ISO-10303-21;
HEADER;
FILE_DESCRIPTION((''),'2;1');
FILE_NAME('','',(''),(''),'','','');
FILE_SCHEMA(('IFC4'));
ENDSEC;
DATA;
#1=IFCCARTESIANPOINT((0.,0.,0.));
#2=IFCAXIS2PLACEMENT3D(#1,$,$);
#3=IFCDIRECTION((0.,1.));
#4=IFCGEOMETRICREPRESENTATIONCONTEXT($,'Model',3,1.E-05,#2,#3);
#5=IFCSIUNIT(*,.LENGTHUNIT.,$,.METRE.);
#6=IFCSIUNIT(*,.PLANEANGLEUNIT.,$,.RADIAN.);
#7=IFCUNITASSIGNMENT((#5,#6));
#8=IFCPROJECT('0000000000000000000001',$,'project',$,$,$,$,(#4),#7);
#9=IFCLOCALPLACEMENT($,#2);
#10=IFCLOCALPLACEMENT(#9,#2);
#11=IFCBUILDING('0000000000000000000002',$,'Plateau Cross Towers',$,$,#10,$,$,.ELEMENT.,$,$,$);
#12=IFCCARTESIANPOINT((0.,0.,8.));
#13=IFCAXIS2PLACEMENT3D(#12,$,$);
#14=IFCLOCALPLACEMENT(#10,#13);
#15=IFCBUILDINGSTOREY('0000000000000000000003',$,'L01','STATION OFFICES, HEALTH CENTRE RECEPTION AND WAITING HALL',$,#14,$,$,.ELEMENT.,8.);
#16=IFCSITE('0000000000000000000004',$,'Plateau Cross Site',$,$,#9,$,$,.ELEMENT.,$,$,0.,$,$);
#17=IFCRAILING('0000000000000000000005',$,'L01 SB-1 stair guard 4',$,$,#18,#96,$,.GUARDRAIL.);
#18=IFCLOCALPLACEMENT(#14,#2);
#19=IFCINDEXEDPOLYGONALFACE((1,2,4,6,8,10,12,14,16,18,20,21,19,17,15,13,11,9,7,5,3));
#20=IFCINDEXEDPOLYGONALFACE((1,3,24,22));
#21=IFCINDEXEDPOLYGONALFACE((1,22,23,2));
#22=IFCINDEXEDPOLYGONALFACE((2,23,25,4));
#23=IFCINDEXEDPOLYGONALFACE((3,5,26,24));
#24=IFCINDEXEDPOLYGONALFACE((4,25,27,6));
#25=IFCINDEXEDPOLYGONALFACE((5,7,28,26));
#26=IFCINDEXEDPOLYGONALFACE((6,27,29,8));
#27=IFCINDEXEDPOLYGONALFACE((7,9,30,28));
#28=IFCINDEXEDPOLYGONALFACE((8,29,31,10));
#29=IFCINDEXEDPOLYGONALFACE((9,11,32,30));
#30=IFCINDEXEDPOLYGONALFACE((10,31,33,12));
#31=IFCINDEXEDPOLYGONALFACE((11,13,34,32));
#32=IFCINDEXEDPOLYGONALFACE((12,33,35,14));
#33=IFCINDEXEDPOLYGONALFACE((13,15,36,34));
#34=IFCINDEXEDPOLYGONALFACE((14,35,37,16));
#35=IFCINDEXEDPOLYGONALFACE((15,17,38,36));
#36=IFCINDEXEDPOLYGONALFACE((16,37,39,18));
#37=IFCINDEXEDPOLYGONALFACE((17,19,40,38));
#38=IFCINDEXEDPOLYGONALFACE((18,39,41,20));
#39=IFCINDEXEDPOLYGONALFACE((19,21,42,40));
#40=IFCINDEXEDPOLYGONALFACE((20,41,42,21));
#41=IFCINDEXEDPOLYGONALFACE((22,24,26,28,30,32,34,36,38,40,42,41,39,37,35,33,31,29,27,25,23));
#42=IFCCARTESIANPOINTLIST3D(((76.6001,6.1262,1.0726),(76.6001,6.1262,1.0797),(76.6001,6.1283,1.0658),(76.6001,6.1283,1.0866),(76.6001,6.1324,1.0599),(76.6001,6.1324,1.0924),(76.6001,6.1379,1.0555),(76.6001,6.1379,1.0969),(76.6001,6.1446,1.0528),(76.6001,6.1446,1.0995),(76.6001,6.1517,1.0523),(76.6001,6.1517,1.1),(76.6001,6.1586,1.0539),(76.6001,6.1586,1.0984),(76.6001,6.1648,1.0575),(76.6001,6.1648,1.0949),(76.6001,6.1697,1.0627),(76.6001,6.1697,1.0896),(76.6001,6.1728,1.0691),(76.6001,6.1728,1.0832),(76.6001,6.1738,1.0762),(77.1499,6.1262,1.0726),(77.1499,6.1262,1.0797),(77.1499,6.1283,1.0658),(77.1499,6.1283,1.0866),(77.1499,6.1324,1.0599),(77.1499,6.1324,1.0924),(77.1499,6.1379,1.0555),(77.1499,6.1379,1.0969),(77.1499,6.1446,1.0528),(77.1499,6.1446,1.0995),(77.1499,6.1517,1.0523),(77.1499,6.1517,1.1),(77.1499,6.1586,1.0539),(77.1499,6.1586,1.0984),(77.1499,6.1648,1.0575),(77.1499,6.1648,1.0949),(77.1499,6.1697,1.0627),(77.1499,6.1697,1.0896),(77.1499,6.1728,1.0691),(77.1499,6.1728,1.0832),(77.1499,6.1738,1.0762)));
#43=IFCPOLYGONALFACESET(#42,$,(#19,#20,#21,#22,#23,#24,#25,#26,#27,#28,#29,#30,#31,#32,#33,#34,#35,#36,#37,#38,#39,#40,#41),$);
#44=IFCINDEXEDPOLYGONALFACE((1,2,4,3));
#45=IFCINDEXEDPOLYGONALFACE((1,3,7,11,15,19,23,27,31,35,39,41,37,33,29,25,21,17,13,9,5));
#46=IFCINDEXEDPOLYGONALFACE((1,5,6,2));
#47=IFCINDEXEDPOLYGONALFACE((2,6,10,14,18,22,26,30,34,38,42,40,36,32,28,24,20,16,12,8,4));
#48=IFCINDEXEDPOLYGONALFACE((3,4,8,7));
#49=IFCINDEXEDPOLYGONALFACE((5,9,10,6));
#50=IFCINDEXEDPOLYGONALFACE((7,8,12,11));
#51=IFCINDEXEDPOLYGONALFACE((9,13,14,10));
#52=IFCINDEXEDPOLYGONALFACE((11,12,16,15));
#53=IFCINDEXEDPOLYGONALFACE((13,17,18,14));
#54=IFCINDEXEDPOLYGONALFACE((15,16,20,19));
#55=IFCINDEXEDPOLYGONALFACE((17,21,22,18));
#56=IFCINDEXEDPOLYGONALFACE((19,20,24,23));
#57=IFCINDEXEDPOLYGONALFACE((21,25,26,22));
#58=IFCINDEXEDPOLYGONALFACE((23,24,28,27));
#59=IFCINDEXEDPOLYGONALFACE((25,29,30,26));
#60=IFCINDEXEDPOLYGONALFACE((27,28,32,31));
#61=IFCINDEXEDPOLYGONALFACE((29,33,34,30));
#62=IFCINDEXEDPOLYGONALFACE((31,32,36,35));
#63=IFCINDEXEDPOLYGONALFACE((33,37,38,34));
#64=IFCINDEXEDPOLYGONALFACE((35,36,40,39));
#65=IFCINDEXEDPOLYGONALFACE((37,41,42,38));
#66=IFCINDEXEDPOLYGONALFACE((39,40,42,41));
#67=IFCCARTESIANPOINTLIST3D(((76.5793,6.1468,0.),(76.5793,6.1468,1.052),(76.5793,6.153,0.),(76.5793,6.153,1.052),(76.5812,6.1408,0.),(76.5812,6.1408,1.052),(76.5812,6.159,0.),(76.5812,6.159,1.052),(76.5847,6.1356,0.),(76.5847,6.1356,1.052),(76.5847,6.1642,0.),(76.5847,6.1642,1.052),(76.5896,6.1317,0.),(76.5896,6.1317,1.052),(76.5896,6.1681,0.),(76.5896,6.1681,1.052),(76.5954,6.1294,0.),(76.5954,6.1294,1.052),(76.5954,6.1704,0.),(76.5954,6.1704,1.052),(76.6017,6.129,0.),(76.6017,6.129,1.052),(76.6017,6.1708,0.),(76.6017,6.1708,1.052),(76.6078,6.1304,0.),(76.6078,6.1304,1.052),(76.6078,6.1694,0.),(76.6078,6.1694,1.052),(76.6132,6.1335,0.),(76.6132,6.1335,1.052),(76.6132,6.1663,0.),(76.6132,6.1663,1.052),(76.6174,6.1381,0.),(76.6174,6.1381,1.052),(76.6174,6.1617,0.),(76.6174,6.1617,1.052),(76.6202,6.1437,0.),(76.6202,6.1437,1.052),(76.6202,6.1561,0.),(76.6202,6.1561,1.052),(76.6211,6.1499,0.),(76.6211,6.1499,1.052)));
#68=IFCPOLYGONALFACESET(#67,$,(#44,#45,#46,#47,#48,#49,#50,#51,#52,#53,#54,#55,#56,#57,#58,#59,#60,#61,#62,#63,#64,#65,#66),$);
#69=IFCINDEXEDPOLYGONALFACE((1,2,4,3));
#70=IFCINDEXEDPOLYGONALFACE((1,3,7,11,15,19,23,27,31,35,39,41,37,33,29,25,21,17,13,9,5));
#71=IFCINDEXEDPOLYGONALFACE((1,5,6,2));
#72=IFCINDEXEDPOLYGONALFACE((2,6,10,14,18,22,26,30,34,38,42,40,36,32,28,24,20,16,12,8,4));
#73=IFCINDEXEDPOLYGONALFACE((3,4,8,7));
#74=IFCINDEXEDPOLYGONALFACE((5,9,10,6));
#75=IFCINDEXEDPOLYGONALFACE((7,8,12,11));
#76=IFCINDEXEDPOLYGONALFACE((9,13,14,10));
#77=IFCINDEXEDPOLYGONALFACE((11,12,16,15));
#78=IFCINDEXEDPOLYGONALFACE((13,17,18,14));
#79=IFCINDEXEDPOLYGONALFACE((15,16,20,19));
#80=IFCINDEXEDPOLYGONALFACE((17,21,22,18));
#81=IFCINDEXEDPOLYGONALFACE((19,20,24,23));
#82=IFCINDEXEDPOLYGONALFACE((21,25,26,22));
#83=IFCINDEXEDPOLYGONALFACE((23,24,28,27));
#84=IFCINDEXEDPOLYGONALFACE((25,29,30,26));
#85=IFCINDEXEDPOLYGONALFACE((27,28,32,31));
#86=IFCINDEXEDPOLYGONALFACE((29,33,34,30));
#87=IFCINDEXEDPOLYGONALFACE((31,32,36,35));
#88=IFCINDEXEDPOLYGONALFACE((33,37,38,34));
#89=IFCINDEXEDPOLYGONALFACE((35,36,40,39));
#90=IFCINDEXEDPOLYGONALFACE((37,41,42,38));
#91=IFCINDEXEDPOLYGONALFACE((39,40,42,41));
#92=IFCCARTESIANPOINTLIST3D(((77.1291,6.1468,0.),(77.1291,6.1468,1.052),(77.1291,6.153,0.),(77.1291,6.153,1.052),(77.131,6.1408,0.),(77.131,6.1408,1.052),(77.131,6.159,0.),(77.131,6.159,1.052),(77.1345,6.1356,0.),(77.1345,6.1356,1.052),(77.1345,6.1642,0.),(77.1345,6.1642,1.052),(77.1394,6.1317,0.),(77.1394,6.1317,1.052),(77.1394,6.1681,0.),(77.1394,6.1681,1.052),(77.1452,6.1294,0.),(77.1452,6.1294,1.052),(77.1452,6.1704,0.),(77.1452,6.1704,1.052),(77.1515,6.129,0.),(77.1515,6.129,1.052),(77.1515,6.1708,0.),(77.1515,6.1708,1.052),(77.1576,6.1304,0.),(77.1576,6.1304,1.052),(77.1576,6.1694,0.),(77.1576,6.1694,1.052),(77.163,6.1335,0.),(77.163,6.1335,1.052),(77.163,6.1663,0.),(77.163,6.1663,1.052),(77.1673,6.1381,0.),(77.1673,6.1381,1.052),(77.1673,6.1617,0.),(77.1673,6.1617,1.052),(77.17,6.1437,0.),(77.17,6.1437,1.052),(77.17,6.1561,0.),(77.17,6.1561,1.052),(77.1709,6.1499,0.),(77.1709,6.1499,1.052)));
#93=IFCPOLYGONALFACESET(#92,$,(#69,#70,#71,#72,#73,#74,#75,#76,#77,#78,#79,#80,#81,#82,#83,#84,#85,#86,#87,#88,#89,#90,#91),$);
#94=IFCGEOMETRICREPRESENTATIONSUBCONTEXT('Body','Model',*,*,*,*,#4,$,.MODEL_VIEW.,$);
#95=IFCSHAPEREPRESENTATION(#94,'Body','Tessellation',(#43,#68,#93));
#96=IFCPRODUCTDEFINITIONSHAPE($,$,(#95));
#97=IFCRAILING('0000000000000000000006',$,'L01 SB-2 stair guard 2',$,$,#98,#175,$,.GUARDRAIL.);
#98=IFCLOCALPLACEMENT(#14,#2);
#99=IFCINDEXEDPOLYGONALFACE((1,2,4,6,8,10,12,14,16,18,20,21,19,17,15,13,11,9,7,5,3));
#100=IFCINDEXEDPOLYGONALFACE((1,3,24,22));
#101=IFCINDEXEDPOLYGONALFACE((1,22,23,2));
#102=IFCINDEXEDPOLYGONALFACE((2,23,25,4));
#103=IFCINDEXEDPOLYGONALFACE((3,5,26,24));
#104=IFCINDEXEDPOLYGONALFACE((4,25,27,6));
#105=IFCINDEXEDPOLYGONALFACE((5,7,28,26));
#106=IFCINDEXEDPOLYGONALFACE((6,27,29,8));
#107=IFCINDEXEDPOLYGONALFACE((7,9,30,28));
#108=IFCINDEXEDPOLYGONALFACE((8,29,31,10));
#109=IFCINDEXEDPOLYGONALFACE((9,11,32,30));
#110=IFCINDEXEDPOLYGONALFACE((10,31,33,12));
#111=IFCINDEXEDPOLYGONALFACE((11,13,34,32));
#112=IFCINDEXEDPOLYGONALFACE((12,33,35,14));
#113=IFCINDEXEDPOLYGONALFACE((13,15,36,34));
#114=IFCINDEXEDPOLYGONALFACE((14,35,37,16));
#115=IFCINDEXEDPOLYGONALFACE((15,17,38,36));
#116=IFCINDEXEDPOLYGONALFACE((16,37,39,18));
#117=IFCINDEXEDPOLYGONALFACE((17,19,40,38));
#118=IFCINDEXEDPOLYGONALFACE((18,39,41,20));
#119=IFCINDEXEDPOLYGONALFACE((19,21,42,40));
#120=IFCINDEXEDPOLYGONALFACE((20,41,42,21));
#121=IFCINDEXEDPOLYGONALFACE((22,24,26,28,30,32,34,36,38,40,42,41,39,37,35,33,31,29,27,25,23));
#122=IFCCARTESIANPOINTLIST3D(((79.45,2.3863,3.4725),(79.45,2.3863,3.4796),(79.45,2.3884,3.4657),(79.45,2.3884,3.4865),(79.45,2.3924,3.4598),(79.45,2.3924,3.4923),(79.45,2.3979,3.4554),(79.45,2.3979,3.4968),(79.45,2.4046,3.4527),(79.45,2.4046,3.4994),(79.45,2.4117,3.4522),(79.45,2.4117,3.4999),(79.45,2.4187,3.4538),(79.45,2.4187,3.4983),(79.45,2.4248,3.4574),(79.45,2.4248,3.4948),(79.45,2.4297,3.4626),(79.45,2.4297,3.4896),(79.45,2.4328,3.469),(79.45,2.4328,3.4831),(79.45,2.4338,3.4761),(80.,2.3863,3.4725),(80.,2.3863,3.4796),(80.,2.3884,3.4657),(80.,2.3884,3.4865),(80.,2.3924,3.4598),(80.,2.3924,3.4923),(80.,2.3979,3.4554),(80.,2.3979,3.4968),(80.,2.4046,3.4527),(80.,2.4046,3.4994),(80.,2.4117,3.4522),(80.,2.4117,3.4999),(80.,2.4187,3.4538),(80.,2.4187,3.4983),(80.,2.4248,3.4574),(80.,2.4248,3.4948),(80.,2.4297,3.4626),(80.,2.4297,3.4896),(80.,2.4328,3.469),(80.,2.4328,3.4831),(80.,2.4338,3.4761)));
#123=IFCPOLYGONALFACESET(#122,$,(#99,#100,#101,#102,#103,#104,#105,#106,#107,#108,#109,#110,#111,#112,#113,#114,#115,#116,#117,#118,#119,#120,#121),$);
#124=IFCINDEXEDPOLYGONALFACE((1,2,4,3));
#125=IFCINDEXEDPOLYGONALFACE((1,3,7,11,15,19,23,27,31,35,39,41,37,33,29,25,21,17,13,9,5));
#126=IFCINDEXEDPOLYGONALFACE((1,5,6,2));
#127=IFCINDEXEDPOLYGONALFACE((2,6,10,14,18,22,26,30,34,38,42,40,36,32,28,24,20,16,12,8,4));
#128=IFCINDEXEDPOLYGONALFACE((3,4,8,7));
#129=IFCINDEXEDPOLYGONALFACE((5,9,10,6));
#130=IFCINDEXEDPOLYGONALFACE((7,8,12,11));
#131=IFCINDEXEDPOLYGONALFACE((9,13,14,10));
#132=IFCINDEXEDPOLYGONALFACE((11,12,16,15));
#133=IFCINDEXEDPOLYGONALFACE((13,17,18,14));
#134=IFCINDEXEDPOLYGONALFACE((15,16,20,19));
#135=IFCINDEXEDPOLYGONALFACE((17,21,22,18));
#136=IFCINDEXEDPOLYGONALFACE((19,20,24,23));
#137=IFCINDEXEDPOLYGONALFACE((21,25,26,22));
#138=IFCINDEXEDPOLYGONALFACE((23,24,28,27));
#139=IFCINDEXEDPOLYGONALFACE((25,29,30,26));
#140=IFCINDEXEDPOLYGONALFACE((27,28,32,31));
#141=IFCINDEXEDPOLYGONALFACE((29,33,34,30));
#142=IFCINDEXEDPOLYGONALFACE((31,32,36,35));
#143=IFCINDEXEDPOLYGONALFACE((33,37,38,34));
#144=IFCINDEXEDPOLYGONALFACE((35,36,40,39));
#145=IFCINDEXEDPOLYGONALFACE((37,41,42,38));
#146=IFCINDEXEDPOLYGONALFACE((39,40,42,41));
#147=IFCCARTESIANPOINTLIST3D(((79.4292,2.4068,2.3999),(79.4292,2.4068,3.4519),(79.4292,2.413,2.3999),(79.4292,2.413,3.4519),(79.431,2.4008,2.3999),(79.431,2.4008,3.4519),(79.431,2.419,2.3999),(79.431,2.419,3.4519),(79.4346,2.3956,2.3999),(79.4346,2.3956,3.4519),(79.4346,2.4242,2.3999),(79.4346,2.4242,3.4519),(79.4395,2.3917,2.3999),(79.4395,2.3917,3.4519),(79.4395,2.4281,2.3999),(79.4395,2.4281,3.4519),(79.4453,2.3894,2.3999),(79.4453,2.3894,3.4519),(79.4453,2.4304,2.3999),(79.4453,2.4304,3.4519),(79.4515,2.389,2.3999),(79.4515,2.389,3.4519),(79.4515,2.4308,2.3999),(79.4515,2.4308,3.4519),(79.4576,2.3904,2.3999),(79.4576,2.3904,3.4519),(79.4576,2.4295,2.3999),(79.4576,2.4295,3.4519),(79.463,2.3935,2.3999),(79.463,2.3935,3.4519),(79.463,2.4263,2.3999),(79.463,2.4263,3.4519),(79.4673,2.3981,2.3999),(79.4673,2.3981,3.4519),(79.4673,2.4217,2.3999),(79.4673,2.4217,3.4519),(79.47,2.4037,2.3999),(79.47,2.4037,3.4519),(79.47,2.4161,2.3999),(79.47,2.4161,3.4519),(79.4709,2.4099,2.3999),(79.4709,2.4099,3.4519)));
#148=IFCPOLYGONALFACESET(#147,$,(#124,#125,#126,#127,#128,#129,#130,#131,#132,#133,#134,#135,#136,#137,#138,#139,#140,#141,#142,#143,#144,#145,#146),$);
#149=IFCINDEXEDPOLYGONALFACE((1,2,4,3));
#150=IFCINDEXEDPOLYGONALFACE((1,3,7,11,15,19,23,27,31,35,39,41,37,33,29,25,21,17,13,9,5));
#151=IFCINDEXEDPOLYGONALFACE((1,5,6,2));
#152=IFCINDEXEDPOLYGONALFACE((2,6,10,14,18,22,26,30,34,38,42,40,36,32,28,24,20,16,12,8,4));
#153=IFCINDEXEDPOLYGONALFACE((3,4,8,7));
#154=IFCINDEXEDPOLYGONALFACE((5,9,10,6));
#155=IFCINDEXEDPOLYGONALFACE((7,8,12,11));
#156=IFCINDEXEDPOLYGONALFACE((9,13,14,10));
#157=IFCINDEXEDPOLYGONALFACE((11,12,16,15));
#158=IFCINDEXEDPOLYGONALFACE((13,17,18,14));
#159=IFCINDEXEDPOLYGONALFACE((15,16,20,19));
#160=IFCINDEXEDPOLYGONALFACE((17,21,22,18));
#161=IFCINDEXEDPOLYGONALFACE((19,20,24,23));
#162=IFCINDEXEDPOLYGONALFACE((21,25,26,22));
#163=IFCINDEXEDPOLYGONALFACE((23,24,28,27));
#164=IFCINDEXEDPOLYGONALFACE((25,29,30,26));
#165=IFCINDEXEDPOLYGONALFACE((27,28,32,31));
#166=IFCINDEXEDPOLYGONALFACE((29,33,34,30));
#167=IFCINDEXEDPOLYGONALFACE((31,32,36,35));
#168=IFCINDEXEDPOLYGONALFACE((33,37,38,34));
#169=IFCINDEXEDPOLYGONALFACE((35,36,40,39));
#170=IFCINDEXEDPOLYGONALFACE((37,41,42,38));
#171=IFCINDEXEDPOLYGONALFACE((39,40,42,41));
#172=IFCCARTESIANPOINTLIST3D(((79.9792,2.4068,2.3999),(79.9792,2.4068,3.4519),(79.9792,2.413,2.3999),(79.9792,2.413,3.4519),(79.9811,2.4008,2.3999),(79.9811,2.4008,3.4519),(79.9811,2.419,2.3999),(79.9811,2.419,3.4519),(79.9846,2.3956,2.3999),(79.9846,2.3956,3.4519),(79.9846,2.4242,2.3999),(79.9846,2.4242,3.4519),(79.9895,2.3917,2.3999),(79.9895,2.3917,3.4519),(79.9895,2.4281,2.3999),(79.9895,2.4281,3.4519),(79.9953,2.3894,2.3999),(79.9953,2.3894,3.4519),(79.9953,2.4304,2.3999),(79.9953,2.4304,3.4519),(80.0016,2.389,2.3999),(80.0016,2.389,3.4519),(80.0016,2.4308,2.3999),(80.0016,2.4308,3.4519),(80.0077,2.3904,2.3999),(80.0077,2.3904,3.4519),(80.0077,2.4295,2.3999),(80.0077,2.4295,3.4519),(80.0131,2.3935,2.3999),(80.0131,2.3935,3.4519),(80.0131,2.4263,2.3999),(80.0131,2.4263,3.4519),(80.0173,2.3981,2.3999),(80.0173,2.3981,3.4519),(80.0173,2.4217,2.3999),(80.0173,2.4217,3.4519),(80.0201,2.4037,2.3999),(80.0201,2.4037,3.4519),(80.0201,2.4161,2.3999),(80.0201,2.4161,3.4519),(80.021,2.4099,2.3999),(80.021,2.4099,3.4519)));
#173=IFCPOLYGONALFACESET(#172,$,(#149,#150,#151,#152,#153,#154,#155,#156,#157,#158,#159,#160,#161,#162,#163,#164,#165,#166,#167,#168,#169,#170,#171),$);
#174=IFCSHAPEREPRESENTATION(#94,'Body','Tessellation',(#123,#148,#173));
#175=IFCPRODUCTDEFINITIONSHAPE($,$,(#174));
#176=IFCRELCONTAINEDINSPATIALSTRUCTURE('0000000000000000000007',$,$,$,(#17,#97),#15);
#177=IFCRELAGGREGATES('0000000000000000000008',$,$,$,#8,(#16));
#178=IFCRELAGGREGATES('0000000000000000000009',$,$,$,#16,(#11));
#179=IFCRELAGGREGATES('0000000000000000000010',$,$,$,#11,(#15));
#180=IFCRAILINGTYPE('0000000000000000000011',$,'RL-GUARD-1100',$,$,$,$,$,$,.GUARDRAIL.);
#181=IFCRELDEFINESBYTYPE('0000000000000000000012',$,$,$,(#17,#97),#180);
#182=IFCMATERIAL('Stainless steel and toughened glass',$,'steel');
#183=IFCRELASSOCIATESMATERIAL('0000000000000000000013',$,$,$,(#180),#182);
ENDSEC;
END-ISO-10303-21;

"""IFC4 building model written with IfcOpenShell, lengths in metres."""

from ifc_helpers import new_model, si_unit, direction, frame, origin, origin_2d, place, context, subcontext, project, spatial, circle, extrude, material, type_object, element, save


model = new_model("IFC4")

# Units and contexts
model_context = context("Model", 3, precision=1e-05, world=origin(), true_north=direction((0.0, 1.0)))
body_context = subcontext(model_context, "Body", "Model", "MODEL_VIEW")
ifc_project = project(units=[si_unit("LENGTHUNIT", "METRE"), si_unit("PLANEANGLEUNIT", "RADIAN")], contexts=[model_context])

# Site, building, storey
site_placement = place(None, origin())
site = spatial("IfcSite", under=ifc_project, at=site_placement, Name="Plateau Cross Site", CompositionType="ELEMENT", RefElevation=0.0)
building_placement = place(site_placement, origin())
building = spatial("IfcBuilding", under=site, at=building_placement, Name="Plateau Cross Towers", CompositionType="ELEMENT")
storey_placement = place(building_placement, frame((0.0, 0.0, 8.0)))
storey = spatial("IfcBuildingStorey", under=building, at=storey_placement, Name="L01", Description="STATION OFFICES, HEALTH CENTRE RECEPTION AND WAITING HALL", CompositionType="ELEMENT", Elevation=8.0)

# Railings
ifc_material_1 = material(Name="Stainless steel and toughened glass", Category="steel")
railing_type_1 = type_object("IfcRailingType", Name="RL-GUARD-1100", PredefinedType="GUARDRAIL", material=ifc_material_1)
railing_1_placement = place(storey_placement, frame((76.6001, 6.1499, 0.0)))
element("IfcRailing", 1, at=railing_1_placement, inside=storey, type_object=railing_type_1, Name="L01 SB-1 stair guard 4", PredefinedType="GUARDRAIL", context=body_context, shape_type="SweptSolid", body=[
    extrude(circle(Radius=0.0239, at=origin_2d()), frame((0.0, 0.0, 1.0762), z_axis=(1.0, 0.0, 0.0), x_axis=(0.0, 1.0, 0.0)), (0.0, 0.0, 1.0), 0.5498),
    extrude(circle(Radius=0.021, at=origin_2d()), origin(), (0.0, 0.0, 1.0), 1.052),
    extrude(circle(Radius=0.021, at=origin_2d()), frame((0.5498, 0.0, 0.0)), (0.0, 0.0, 1.0), 1.052),
])
railing_2_placement = place(storey_placement, frame((79.45, 2.4099, 2.3999)))
element("IfcRailing", 2, at=railing_2_placement, inside=storey, type_object=railing_type_1, Name="L01 SB-2 stair guard 2", PredefinedType="GUARDRAIL", context=body_context, shape_type="SweptSolid", body=[
    extrude(circle(Radius=0.0239, at=origin_2d()), frame((0.0, 0.0, 1.0762), z_axis=(1.0, 0.0, 0.0), x_axis=(0.0, 1.0, 0.0)), (0.0, 0.0, 1.0), 0.55),
    extrude(circle(Radius=0.021, at=origin_2d()), origin(), (0.0, 0.0, 1.0), 1.052),
    extrude(circle(Radius=0.021, at=origin_2d()), frame((0.55, 0.0, 0.0)), (0.0, 0.0, 1.0), 1.052),
])

save(model, "model.ifc")
